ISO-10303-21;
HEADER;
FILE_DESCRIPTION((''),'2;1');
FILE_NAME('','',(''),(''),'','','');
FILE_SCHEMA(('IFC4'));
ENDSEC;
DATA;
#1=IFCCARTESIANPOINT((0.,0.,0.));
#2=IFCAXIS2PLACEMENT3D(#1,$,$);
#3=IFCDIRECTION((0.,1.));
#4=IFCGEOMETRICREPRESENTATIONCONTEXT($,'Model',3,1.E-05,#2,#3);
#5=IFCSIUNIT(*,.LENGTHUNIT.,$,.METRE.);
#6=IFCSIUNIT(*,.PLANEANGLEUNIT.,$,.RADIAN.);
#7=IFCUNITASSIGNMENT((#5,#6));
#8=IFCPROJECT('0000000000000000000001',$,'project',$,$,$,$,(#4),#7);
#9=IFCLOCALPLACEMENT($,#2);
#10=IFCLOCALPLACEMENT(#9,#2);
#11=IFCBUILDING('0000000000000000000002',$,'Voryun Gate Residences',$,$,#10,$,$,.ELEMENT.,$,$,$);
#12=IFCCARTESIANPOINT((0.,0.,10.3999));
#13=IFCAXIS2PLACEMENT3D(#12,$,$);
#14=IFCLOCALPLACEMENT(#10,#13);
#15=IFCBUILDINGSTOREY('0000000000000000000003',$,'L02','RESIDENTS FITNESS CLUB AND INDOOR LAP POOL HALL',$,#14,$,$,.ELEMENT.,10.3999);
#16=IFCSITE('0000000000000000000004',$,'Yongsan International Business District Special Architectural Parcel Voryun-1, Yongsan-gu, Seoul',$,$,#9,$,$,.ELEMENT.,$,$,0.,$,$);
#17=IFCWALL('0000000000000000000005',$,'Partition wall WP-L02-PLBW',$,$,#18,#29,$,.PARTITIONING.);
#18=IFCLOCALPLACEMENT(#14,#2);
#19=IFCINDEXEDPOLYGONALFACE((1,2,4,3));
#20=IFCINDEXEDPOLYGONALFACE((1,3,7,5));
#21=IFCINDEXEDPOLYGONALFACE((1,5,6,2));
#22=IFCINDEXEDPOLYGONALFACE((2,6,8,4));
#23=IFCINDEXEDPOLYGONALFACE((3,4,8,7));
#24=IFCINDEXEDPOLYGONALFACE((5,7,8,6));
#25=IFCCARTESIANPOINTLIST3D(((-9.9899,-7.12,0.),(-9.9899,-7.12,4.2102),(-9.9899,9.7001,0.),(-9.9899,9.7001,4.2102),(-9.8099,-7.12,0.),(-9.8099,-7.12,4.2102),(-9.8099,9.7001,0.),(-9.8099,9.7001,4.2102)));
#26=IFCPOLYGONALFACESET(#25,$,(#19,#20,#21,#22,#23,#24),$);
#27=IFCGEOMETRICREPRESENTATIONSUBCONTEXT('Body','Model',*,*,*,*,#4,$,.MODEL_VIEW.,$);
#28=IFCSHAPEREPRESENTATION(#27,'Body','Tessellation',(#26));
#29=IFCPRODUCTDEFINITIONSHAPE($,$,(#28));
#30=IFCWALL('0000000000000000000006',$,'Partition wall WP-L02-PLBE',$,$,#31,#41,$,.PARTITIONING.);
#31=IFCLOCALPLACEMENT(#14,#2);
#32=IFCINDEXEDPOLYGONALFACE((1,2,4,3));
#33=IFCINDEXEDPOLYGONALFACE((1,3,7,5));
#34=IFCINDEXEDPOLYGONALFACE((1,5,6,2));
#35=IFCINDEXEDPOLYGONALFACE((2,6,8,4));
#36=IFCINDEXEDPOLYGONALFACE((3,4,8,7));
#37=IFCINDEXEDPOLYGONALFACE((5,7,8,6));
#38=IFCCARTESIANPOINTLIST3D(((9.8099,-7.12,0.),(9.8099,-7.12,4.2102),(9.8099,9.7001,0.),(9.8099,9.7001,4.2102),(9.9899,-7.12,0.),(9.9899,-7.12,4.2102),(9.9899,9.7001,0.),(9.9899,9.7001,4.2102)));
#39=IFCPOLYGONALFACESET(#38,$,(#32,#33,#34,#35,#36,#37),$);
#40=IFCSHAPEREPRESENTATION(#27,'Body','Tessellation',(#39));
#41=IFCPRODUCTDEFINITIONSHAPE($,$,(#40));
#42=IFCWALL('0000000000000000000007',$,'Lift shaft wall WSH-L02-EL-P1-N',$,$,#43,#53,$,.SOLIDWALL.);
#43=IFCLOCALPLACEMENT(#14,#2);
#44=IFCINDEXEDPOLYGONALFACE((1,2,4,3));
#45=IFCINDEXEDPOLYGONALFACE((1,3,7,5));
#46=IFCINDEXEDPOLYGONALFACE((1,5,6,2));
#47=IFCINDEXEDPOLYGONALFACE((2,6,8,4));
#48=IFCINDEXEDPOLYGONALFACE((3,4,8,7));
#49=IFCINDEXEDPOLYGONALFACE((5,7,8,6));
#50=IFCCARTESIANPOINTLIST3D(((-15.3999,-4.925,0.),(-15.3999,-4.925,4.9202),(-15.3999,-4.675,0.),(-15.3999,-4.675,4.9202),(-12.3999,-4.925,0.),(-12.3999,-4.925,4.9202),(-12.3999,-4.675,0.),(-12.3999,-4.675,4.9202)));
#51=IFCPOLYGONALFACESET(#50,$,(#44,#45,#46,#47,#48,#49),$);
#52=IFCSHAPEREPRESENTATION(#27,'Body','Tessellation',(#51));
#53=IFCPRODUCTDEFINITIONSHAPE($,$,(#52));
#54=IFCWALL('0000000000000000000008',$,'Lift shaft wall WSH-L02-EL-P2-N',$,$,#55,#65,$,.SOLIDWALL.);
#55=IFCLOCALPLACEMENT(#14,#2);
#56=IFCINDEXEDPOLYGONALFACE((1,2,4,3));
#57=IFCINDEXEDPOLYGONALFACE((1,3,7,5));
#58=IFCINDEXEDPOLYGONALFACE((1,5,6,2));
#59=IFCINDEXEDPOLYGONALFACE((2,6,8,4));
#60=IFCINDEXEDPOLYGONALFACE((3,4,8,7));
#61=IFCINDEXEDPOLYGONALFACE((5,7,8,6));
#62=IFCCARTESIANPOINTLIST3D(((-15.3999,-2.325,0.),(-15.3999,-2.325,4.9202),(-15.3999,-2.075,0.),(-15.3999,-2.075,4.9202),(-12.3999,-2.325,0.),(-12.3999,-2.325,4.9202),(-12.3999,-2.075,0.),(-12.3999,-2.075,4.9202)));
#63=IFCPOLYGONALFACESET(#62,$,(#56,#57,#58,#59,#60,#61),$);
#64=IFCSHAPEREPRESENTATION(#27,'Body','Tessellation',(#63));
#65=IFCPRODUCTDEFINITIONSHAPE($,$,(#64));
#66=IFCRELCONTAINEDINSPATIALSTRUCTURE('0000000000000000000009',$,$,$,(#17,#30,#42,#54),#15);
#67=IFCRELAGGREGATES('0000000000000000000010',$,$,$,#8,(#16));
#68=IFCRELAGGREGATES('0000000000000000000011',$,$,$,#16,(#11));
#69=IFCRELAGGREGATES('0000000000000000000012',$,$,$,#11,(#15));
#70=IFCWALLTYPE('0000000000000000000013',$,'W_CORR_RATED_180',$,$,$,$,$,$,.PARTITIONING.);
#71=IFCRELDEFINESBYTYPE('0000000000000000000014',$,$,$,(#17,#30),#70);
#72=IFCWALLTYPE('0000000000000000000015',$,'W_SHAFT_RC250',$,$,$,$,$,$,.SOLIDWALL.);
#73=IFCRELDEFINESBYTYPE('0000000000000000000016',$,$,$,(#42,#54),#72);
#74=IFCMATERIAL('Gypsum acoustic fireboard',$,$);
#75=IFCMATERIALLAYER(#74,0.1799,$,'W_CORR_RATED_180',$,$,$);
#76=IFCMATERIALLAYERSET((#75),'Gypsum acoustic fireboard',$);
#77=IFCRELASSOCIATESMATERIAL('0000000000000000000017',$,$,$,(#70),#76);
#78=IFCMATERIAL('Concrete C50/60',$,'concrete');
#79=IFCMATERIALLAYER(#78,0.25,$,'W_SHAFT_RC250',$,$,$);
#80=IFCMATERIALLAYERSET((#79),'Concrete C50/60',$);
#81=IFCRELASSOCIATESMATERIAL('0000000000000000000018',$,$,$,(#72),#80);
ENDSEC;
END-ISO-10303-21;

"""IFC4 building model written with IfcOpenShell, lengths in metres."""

from ifc_helpers import new_model, si_unit, direction, frame, frame_2d, origin, place, context, subcontext, project, spatial, rectangle, extrude, material, layer, layer_set, type_object, element, save


model = new_model("IFC4")

# Units and contexts
model_context = context("Model", 3, precision=1e-05, world=origin(), true_north=direction((0.0, 1.0)))
body_context = subcontext(model_context, "Body", "Model", "MODEL_VIEW")
ifc_project = project(units=[si_unit("LENGTHUNIT", "METRE"), si_unit("PLANEANGLEUNIT", "RADIAN")], contexts=[model_context])

# Site, building, storey
site_placement = place(None, origin())
site = spatial("IfcSite", under=ifc_project, at=site_placement, Name="Yongsan International Business District Special Architectural Parcel Voryun-1, Yongsan-gu, Seoul", CompositionType="ELEMENT", RefElevation=0.0)
building_placement = place(site_placement, origin())
building = spatial("IfcBuilding", under=site, at=building_placement, Name="Voryun Gate Residences", CompositionType="ELEMENT")
storey_placement = place(building_placement, frame((0.0, 0.0, 10.3999)))
storey = spatial("IfcBuildingStorey", under=building, at=storey_placement, Name="L02", Description="RESIDENTS FITNESS CLUB AND INDOOR LAP POOL HALL", CompositionType="ELEMENT", Elevation=10.3999)

# Shared definitions
ifc_material_1 = material(Name="Gypsum acoustic fireboard")
ifc_layer_1 = layer(ifc_material_1, 0.1799, Name="W_CORR_RATED_180")
ifc_layer_set_1 = layer_set([ifc_layer_1], Name="Gypsum acoustic fireboard")
wall_type_1 = type_object("IfcWallType", Name="W_CORR_RATED_180", PredefinedType="PARTITIONING", material=ifc_layer_set_1)

# Walls
for number, where, z_axis, x_axis, name in (
    (1, (-9.8999, -7.1201, 0.0), (0.0, 0.0, 1.0), (0.0, 1.0, 0.0), "Partition wall WP-L02-PLBW"),
    (2, (9.8999, -7.1201, 0.0), (0.0, 0.0, 1.0), (0.0, 1.0, 0.0), "Partition wall WP-L02-PLBE"),
):
    element("IfcWall", number, at=place(storey_placement, frame(where, z_axis=z_axis, x_axis=x_axis)), inside=storey, type_object=wall_type_1, Name=name, PredefinedType="PARTITIONING", context=body_context, shape_type="SweptSolid", body=[
        extrude(rectangle(XDim=16.8201, YDim=0.1799, at=frame_2d((8.4102, 0.0))), origin(), (0.0, 0.0, 1.0), 4.2102),
    ])
ifc_material_2 = material(Name="Concrete C50/60", Category="concrete")
ifc_layer_2 = layer(ifc_material_2, 0.25, Name="W_SHAFT_RC250")
ifc_layer_set_2 = layer_set([ifc_layer_2], Name="Concrete C50/60")
wall_type_2 = type_object("IfcWallType", Name="W_SHAFT_RC250", PredefinedType="SOLIDWALL", material=ifc_layer_set_2)
for number, where, z_axis, x_axis, name in (
    (3, (-12.3999, -4.8, 0.0), (0.0, 0.0, 1.0), (-1.0, 0.0, 0.0), "Lift shaft wall WSH-L02-EL-P1-N"),
    (4, (-12.3999, -2.2, 0.0), (0.0, 0.0, 1.0), (-1.0, 0.0, 0.0), "Lift shaft wall WSH-L02-EL-P2-N"),
):
    element("IfcWall", number, at=place(storey_placement, frame(where, z_axis=z_axis, x_axis=x_axis)), inside=storey, type_object=wall_type_2, Name=name, PredefinedType="SOLIDWALL", context=body_context, shape_type="SweptSolid", body=[
        extrude(rectangle(XDim=3.0, YDim=0.25, at=frame_2d((1.5, 0.0))), origin(), (0.0, 0.0, 1.0), 4.9202),
    ])

save(model, "model.ifc")
